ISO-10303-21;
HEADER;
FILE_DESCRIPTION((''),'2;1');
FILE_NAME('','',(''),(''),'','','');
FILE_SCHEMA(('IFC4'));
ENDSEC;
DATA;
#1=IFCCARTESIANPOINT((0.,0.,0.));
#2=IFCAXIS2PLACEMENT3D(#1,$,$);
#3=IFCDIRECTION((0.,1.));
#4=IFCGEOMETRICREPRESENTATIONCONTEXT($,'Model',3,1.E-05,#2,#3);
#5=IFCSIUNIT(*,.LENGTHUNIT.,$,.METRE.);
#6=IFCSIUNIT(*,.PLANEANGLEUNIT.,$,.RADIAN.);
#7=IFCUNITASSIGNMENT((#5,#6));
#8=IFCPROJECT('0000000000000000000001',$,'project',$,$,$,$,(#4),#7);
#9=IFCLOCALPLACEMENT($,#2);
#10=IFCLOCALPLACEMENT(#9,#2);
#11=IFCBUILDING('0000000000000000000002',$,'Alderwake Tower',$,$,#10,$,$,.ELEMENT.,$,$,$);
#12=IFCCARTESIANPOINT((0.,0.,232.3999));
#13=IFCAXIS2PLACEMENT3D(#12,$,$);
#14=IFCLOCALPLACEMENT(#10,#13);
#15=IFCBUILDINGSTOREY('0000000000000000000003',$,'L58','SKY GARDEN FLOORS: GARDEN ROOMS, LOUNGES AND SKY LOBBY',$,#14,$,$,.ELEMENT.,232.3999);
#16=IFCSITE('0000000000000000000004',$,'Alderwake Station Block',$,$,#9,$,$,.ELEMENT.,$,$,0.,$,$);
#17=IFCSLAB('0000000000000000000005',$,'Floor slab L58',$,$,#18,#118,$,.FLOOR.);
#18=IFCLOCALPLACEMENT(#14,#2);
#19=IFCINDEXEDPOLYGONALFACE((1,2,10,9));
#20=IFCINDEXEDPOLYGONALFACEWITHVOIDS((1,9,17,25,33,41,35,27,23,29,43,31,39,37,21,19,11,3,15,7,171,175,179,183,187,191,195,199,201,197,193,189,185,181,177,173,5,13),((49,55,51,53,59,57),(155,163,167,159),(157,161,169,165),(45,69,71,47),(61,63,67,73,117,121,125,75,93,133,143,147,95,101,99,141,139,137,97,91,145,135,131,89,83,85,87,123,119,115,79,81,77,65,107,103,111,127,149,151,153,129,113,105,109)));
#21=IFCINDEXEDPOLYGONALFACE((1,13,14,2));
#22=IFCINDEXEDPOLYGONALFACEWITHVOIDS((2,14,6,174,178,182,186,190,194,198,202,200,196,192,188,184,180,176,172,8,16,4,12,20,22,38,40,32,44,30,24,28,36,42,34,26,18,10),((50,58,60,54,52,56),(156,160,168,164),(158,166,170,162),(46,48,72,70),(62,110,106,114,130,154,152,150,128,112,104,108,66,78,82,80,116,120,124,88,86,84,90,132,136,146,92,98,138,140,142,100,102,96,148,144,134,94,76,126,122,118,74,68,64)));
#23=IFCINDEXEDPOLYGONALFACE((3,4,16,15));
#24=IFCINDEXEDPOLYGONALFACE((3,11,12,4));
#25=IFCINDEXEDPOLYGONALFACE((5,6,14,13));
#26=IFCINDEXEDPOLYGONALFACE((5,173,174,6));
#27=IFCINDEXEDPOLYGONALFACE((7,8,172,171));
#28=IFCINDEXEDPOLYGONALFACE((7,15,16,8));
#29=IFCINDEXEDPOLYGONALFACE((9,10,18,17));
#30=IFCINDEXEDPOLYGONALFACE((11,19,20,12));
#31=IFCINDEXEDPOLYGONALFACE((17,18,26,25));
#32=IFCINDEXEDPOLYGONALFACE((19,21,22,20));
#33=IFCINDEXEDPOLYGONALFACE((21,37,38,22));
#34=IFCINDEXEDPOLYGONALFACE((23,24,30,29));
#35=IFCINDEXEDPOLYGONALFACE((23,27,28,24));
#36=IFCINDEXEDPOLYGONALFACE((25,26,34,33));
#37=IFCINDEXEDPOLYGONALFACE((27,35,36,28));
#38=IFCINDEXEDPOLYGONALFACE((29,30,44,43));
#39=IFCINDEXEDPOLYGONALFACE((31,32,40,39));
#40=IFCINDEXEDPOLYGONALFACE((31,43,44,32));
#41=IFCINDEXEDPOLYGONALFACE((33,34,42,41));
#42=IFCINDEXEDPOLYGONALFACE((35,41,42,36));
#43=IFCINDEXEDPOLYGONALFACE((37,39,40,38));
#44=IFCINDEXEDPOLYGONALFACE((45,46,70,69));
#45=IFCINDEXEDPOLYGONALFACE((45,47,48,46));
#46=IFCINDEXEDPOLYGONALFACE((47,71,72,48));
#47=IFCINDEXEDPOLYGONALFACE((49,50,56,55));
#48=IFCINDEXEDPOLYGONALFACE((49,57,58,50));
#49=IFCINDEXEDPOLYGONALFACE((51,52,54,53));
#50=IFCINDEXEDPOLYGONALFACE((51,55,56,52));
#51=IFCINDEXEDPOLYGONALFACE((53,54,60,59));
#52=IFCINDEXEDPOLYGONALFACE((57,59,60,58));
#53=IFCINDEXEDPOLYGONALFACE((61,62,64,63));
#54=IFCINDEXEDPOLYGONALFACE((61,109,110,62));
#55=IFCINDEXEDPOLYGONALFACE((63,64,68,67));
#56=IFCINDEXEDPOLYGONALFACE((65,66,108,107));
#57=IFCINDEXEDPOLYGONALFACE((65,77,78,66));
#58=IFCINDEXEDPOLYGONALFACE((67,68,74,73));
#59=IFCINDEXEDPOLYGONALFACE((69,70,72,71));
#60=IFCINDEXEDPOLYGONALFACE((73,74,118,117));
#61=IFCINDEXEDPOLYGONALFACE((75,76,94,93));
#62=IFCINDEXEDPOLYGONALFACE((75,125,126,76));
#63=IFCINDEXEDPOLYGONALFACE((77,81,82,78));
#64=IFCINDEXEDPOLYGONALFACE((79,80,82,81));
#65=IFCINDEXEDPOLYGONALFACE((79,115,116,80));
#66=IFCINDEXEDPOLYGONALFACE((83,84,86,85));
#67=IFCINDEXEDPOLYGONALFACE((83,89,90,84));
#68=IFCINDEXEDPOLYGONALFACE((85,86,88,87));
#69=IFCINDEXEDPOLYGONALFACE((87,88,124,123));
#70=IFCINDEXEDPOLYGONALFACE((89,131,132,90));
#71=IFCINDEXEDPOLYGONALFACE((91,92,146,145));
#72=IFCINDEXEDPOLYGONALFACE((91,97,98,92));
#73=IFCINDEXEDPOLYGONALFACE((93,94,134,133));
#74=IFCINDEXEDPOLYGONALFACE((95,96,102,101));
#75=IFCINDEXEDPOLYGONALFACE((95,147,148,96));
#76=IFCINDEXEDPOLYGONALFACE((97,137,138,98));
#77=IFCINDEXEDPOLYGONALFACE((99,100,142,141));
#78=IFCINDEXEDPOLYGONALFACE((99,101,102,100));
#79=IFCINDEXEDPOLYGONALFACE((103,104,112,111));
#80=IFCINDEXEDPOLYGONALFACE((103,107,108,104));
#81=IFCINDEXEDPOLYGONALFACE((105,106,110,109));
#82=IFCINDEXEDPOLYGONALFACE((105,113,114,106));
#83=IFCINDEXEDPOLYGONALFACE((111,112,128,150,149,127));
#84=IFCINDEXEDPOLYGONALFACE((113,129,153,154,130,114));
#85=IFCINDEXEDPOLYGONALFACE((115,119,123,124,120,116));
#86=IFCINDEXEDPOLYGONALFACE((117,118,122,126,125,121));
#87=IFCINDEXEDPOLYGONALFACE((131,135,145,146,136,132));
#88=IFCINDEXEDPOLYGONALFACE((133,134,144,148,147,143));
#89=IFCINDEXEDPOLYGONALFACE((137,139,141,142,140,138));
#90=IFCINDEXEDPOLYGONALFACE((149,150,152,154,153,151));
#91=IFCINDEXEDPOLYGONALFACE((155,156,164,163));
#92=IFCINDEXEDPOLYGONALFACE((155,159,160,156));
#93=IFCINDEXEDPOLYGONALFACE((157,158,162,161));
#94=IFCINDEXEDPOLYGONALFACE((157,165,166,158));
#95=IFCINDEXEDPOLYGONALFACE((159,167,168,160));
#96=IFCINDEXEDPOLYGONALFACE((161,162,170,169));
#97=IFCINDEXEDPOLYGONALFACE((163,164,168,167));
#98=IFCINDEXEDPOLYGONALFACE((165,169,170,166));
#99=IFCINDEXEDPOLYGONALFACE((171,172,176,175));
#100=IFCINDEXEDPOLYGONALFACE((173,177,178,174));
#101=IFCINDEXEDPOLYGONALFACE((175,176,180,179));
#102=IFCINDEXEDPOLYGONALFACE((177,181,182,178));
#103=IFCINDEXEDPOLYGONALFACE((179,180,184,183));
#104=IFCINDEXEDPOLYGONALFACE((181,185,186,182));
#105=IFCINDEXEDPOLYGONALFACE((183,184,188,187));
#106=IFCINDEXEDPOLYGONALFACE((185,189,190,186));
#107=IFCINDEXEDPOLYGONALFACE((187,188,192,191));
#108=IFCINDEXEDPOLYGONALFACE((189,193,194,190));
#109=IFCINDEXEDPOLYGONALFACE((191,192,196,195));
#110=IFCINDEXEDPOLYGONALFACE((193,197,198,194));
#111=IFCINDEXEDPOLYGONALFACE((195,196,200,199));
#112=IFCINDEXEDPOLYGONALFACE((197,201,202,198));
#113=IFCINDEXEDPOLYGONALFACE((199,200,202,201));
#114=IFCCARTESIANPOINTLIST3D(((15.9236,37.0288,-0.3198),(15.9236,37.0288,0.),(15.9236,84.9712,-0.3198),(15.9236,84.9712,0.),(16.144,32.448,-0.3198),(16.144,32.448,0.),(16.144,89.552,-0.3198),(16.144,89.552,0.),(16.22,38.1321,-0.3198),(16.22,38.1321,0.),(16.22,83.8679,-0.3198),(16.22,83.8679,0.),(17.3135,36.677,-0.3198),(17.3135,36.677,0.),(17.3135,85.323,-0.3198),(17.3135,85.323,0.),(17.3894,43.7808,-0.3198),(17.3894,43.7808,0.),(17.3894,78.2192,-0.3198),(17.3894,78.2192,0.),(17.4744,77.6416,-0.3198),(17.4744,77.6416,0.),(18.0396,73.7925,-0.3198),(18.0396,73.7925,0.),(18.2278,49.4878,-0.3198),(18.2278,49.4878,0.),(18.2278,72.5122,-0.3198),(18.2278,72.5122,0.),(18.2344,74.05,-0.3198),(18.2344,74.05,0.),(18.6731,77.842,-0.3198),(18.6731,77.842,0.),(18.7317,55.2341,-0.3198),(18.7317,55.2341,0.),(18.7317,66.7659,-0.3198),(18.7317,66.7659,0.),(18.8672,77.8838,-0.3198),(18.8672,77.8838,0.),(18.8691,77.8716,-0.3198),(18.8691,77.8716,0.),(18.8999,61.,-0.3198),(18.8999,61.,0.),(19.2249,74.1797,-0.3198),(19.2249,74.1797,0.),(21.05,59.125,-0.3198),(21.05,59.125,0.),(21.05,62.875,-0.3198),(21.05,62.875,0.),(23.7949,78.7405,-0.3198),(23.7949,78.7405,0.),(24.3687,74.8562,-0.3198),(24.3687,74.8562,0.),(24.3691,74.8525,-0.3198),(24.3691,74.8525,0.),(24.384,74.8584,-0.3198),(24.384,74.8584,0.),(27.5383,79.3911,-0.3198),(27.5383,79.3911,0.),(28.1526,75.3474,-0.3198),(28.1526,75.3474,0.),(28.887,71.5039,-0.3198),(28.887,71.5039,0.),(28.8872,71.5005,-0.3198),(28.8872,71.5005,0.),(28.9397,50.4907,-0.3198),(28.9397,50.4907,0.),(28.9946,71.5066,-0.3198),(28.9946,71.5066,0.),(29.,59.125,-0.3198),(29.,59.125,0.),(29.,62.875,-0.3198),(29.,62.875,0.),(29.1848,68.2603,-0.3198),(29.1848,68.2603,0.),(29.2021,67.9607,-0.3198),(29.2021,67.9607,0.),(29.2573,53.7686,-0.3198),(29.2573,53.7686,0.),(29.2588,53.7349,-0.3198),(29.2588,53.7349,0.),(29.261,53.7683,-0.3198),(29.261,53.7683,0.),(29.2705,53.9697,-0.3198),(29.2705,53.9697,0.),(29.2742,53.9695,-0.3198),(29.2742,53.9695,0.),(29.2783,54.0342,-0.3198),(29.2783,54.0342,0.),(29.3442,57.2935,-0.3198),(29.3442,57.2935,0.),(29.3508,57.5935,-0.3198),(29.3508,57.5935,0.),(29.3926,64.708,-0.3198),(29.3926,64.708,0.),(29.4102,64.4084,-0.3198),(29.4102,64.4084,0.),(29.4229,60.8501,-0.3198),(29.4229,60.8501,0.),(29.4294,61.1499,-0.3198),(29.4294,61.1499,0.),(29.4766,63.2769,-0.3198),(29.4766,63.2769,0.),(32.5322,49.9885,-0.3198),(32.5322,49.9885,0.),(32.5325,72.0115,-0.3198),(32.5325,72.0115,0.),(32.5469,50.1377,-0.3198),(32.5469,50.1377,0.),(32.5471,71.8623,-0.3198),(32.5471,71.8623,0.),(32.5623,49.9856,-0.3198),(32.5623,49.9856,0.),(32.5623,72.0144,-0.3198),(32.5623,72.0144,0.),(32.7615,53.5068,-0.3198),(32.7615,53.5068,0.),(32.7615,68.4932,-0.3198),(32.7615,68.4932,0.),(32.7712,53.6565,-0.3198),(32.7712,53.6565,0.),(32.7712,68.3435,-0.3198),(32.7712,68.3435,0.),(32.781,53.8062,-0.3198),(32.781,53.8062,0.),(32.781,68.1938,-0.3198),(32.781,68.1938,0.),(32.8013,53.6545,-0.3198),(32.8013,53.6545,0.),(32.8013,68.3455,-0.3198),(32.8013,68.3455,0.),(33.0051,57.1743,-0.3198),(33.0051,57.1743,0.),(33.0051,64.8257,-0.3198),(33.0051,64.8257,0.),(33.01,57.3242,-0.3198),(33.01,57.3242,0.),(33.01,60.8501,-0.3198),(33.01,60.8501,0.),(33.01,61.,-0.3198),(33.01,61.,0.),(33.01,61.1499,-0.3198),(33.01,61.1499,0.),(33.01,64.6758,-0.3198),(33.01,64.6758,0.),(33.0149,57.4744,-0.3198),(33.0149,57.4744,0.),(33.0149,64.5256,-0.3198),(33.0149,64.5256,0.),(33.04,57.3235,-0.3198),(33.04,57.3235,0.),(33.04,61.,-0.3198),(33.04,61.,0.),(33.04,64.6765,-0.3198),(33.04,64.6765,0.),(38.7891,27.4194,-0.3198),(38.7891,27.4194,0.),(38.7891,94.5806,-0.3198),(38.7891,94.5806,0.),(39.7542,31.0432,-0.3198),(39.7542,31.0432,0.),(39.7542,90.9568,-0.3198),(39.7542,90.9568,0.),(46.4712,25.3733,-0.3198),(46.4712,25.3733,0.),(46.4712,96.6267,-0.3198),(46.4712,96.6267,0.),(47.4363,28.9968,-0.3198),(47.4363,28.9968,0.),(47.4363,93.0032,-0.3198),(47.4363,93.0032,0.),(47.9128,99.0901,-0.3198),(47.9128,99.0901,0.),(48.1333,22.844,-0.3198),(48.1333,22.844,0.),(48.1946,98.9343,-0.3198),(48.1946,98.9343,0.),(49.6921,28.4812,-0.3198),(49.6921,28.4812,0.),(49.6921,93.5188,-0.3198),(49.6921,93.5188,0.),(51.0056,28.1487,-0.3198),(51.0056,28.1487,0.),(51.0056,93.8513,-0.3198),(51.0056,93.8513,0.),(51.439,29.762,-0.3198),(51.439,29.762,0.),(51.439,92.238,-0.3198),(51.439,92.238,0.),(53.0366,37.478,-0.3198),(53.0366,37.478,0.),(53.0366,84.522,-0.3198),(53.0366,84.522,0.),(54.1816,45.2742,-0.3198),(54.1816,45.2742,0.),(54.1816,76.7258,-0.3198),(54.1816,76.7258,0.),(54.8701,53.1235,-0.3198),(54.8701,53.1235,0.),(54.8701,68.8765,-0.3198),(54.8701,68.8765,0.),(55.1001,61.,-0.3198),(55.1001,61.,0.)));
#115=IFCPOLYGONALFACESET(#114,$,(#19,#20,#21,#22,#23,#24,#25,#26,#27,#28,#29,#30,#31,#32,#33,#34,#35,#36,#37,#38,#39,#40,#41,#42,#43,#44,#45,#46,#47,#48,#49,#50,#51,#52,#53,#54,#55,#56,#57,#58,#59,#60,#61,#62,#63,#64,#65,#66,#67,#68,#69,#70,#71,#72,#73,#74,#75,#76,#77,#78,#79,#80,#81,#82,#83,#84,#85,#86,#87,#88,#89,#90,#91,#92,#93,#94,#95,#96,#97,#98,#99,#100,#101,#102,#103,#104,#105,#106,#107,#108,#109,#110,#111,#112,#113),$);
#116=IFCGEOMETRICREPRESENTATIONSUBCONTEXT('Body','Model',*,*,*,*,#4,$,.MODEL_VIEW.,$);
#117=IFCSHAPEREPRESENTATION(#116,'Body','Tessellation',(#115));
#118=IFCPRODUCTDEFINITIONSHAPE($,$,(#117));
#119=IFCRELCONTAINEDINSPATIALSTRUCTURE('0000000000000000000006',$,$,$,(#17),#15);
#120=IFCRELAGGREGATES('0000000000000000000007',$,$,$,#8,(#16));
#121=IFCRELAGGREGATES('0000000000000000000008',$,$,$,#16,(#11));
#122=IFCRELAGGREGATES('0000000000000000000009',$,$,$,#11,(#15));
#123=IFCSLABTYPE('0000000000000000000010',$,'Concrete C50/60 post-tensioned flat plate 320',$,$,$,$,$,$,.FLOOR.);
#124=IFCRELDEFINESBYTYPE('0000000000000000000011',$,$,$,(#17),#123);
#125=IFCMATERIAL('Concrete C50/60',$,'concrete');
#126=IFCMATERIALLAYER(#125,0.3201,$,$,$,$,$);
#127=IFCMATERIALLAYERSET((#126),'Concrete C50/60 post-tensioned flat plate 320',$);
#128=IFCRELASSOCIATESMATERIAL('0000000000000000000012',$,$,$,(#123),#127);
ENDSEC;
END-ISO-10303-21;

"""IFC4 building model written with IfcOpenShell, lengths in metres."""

from ifc_helpers import new_model, si_unit, direction, frame, origin, place, context, subcontext, project, spatial, polyline, outline, extrude, material, layer, layer_set, type_object, element, save


model = new_model("IFC4")

# Units and contexts
model_context = context("Model", 3, precision=1e-05, world=origin(), true_north=direction((0.0, 1.0)))
body_context = subcontext(model_context, "Body", "Model", "MODEL_VIEW")
ifc_project = project(units=[si_unit("LENGTHUNIT", "METRE"), si_unit("PLANEANGLEUNIT", "RADIAN")], contexts=[model_context])

# Site, building, storey
site_placement = place(None, origin())
site = spatial("IfcSite", under=ifc_project, at=site_placement, Name="Alderwake Station Block", CompositionType="ELEMENT", RefElevation=0.0)
building_placement = place(site_placement, origin())
building = spatial("IfcBuilding", under=site, at=building_placement, Name="Alderwake Tower", CompositionType="ELEMENT")
storey_placement = place(building_placement, frame((0.0, 0.0, 232.3999)))
storey = spatial("IfcBuildingStorey", under=building, at=storey_placement, Name="L58", Description="SKY GARDEN FLOORS: GARDEN ROOMS, LOUNGES AND SKY LOBBY", CompositionType="ELEMENT", Elevation=232.3999)

# Slab
ifc_material_1 = material(Name="Concrete C50/60", Category="concrete")
ifc_layer_1 = layer(ifc_material_1, 0.3201)
ifc_layer_set_1 = layer_set([ifc_layer_1], Name="Concrete C50/60 post-tensioned flat plate 320")
slab_type_1 = type_object("IfcSlabType", Name="Concrete C50/60 post-tensioned flat plate 320", PredefinedType="FLOOR", material=ifc_layer_set_1)
slab_1_placement = place(storey_placement, frame((0.0, 0.0, -0.3198)))
element("IfcSlab", 1, at=slab_1_placement, inside=storey, type_object=slab_type_1, Name="Floor slab L58", PredefinedType="FLOOR", context=body_context, shape_type="SweptSolid", body=[
    extrude(outline(polyline([(19.2249, 74.1797), (18.6731, 77.842), (18.8691, 77.8716), (18.8672, 77.8838), (17.4744, 77.6416), (17.3894, 78.2192), (16.22, 83.8679), (15.9236, 84.9712), (17.3135, 85.323), (16.144, 89.552), (47.9128, 99.0901), (48.1946, 98.9343), (49.6921, 93.5188), (51.0056, 93.8513), (51.439, 92.238), (53.0366, 84.522), (54.1816, 76.7258), (54.8701, 68.8765), (55.1001, 61.0), (54.8701, 53.1235), (54.1816, 45.2742), (53.0366, 37.478), (51.439, 29.762), (51.0056, 28.1487), (49.6921, 28.4812), (48.1333, 22.844), (16.144, 32.448), (17.3135, 36.677), (15.9236, 37.0288), (16.22, 38.1321), (17.3894, 43.7808), (18.2278, 49.4878), (18.7317, 55.2341), (18.8999, 61.0), (18.7317, 66.7659), (18.2278, 72.5122), (18.0396, 73.7925), (18.2344, 74.05), (19.2249, 74.1797)]), holes=[polyline([(29.2573, 53.7686), (28.9397, 50.4907), (32.5469, 50.1377), (32.5322, 49.9885), (32.5623, 49.9856), (32.8013, 53.6545), (33.04, 57.3235), (33.04, 61.0), (33.04, 64.6765), (32.8013, 68.3455), (32.5623, 72.0144), (32.5325, 72.0115), (32.5471, 71.8623), (28.887, 71.5039), (28.8872, 71.5005), (28.9946, 71.5066), (29.1848, 68.2603), (32.7615, 68.4932), (32.7712, 68.3435), (32.781, 68.1938), (29.2021, 67.9607), (29.3926, 64.708), (33.0051, 64.8257), (33.01, 64.6758), (33.0149, 64.5256), (29.4102, 64.4084), (29.4766, 63.2769), (29.4294, 61.1499), (33.01, 61.1499), (33.01, 61.0), (33.01, 60.8501), (29.4229, 60.8501), (29.3508, 57.5935), (33.0149, 57.4744), (33.01, 57.3242), (33.0051, 57.1743), (29.3442, 57.2935), (29.2705, 53.9697), (29.2742, 53.9695), (29.2783, 54.0342), (32.781, 53.8062), (32.7712, 53.6565), (32.7615, 53.5068), (29.2588, 53.7349), (29.261, 53.7683), (29.2573, 53.7686)]), polyline([(21.05, 62.875), (21.05, 59.125), (29.0, 59.125), (29.0, 62.875), (21.05, 62.875)]), polyline([(27.5383, 79.3911), (23.7949, 78.7405), (24.384, 74.8584), (24.3687, 74.8562), (24.3691, 74.8525), (28.1526, 75.3474), (27.5383, 79.3911)]), polyline([(47.4363, 28.9968), (39.7542, 31.0432), (38.7891, 27.4194), (46.4712, 25.3733), (47.4363, 28.9968)]), polyline([(46.4712, 96.6267), (38.7891, 94.5806), (39.7542, 90.9568), (47.4363, 93.0032), (46.4712, 96.6267)])]), origin(), (0.0, 0.0, 1.0), 0.3198),
])

save(model, "model.ifc")
